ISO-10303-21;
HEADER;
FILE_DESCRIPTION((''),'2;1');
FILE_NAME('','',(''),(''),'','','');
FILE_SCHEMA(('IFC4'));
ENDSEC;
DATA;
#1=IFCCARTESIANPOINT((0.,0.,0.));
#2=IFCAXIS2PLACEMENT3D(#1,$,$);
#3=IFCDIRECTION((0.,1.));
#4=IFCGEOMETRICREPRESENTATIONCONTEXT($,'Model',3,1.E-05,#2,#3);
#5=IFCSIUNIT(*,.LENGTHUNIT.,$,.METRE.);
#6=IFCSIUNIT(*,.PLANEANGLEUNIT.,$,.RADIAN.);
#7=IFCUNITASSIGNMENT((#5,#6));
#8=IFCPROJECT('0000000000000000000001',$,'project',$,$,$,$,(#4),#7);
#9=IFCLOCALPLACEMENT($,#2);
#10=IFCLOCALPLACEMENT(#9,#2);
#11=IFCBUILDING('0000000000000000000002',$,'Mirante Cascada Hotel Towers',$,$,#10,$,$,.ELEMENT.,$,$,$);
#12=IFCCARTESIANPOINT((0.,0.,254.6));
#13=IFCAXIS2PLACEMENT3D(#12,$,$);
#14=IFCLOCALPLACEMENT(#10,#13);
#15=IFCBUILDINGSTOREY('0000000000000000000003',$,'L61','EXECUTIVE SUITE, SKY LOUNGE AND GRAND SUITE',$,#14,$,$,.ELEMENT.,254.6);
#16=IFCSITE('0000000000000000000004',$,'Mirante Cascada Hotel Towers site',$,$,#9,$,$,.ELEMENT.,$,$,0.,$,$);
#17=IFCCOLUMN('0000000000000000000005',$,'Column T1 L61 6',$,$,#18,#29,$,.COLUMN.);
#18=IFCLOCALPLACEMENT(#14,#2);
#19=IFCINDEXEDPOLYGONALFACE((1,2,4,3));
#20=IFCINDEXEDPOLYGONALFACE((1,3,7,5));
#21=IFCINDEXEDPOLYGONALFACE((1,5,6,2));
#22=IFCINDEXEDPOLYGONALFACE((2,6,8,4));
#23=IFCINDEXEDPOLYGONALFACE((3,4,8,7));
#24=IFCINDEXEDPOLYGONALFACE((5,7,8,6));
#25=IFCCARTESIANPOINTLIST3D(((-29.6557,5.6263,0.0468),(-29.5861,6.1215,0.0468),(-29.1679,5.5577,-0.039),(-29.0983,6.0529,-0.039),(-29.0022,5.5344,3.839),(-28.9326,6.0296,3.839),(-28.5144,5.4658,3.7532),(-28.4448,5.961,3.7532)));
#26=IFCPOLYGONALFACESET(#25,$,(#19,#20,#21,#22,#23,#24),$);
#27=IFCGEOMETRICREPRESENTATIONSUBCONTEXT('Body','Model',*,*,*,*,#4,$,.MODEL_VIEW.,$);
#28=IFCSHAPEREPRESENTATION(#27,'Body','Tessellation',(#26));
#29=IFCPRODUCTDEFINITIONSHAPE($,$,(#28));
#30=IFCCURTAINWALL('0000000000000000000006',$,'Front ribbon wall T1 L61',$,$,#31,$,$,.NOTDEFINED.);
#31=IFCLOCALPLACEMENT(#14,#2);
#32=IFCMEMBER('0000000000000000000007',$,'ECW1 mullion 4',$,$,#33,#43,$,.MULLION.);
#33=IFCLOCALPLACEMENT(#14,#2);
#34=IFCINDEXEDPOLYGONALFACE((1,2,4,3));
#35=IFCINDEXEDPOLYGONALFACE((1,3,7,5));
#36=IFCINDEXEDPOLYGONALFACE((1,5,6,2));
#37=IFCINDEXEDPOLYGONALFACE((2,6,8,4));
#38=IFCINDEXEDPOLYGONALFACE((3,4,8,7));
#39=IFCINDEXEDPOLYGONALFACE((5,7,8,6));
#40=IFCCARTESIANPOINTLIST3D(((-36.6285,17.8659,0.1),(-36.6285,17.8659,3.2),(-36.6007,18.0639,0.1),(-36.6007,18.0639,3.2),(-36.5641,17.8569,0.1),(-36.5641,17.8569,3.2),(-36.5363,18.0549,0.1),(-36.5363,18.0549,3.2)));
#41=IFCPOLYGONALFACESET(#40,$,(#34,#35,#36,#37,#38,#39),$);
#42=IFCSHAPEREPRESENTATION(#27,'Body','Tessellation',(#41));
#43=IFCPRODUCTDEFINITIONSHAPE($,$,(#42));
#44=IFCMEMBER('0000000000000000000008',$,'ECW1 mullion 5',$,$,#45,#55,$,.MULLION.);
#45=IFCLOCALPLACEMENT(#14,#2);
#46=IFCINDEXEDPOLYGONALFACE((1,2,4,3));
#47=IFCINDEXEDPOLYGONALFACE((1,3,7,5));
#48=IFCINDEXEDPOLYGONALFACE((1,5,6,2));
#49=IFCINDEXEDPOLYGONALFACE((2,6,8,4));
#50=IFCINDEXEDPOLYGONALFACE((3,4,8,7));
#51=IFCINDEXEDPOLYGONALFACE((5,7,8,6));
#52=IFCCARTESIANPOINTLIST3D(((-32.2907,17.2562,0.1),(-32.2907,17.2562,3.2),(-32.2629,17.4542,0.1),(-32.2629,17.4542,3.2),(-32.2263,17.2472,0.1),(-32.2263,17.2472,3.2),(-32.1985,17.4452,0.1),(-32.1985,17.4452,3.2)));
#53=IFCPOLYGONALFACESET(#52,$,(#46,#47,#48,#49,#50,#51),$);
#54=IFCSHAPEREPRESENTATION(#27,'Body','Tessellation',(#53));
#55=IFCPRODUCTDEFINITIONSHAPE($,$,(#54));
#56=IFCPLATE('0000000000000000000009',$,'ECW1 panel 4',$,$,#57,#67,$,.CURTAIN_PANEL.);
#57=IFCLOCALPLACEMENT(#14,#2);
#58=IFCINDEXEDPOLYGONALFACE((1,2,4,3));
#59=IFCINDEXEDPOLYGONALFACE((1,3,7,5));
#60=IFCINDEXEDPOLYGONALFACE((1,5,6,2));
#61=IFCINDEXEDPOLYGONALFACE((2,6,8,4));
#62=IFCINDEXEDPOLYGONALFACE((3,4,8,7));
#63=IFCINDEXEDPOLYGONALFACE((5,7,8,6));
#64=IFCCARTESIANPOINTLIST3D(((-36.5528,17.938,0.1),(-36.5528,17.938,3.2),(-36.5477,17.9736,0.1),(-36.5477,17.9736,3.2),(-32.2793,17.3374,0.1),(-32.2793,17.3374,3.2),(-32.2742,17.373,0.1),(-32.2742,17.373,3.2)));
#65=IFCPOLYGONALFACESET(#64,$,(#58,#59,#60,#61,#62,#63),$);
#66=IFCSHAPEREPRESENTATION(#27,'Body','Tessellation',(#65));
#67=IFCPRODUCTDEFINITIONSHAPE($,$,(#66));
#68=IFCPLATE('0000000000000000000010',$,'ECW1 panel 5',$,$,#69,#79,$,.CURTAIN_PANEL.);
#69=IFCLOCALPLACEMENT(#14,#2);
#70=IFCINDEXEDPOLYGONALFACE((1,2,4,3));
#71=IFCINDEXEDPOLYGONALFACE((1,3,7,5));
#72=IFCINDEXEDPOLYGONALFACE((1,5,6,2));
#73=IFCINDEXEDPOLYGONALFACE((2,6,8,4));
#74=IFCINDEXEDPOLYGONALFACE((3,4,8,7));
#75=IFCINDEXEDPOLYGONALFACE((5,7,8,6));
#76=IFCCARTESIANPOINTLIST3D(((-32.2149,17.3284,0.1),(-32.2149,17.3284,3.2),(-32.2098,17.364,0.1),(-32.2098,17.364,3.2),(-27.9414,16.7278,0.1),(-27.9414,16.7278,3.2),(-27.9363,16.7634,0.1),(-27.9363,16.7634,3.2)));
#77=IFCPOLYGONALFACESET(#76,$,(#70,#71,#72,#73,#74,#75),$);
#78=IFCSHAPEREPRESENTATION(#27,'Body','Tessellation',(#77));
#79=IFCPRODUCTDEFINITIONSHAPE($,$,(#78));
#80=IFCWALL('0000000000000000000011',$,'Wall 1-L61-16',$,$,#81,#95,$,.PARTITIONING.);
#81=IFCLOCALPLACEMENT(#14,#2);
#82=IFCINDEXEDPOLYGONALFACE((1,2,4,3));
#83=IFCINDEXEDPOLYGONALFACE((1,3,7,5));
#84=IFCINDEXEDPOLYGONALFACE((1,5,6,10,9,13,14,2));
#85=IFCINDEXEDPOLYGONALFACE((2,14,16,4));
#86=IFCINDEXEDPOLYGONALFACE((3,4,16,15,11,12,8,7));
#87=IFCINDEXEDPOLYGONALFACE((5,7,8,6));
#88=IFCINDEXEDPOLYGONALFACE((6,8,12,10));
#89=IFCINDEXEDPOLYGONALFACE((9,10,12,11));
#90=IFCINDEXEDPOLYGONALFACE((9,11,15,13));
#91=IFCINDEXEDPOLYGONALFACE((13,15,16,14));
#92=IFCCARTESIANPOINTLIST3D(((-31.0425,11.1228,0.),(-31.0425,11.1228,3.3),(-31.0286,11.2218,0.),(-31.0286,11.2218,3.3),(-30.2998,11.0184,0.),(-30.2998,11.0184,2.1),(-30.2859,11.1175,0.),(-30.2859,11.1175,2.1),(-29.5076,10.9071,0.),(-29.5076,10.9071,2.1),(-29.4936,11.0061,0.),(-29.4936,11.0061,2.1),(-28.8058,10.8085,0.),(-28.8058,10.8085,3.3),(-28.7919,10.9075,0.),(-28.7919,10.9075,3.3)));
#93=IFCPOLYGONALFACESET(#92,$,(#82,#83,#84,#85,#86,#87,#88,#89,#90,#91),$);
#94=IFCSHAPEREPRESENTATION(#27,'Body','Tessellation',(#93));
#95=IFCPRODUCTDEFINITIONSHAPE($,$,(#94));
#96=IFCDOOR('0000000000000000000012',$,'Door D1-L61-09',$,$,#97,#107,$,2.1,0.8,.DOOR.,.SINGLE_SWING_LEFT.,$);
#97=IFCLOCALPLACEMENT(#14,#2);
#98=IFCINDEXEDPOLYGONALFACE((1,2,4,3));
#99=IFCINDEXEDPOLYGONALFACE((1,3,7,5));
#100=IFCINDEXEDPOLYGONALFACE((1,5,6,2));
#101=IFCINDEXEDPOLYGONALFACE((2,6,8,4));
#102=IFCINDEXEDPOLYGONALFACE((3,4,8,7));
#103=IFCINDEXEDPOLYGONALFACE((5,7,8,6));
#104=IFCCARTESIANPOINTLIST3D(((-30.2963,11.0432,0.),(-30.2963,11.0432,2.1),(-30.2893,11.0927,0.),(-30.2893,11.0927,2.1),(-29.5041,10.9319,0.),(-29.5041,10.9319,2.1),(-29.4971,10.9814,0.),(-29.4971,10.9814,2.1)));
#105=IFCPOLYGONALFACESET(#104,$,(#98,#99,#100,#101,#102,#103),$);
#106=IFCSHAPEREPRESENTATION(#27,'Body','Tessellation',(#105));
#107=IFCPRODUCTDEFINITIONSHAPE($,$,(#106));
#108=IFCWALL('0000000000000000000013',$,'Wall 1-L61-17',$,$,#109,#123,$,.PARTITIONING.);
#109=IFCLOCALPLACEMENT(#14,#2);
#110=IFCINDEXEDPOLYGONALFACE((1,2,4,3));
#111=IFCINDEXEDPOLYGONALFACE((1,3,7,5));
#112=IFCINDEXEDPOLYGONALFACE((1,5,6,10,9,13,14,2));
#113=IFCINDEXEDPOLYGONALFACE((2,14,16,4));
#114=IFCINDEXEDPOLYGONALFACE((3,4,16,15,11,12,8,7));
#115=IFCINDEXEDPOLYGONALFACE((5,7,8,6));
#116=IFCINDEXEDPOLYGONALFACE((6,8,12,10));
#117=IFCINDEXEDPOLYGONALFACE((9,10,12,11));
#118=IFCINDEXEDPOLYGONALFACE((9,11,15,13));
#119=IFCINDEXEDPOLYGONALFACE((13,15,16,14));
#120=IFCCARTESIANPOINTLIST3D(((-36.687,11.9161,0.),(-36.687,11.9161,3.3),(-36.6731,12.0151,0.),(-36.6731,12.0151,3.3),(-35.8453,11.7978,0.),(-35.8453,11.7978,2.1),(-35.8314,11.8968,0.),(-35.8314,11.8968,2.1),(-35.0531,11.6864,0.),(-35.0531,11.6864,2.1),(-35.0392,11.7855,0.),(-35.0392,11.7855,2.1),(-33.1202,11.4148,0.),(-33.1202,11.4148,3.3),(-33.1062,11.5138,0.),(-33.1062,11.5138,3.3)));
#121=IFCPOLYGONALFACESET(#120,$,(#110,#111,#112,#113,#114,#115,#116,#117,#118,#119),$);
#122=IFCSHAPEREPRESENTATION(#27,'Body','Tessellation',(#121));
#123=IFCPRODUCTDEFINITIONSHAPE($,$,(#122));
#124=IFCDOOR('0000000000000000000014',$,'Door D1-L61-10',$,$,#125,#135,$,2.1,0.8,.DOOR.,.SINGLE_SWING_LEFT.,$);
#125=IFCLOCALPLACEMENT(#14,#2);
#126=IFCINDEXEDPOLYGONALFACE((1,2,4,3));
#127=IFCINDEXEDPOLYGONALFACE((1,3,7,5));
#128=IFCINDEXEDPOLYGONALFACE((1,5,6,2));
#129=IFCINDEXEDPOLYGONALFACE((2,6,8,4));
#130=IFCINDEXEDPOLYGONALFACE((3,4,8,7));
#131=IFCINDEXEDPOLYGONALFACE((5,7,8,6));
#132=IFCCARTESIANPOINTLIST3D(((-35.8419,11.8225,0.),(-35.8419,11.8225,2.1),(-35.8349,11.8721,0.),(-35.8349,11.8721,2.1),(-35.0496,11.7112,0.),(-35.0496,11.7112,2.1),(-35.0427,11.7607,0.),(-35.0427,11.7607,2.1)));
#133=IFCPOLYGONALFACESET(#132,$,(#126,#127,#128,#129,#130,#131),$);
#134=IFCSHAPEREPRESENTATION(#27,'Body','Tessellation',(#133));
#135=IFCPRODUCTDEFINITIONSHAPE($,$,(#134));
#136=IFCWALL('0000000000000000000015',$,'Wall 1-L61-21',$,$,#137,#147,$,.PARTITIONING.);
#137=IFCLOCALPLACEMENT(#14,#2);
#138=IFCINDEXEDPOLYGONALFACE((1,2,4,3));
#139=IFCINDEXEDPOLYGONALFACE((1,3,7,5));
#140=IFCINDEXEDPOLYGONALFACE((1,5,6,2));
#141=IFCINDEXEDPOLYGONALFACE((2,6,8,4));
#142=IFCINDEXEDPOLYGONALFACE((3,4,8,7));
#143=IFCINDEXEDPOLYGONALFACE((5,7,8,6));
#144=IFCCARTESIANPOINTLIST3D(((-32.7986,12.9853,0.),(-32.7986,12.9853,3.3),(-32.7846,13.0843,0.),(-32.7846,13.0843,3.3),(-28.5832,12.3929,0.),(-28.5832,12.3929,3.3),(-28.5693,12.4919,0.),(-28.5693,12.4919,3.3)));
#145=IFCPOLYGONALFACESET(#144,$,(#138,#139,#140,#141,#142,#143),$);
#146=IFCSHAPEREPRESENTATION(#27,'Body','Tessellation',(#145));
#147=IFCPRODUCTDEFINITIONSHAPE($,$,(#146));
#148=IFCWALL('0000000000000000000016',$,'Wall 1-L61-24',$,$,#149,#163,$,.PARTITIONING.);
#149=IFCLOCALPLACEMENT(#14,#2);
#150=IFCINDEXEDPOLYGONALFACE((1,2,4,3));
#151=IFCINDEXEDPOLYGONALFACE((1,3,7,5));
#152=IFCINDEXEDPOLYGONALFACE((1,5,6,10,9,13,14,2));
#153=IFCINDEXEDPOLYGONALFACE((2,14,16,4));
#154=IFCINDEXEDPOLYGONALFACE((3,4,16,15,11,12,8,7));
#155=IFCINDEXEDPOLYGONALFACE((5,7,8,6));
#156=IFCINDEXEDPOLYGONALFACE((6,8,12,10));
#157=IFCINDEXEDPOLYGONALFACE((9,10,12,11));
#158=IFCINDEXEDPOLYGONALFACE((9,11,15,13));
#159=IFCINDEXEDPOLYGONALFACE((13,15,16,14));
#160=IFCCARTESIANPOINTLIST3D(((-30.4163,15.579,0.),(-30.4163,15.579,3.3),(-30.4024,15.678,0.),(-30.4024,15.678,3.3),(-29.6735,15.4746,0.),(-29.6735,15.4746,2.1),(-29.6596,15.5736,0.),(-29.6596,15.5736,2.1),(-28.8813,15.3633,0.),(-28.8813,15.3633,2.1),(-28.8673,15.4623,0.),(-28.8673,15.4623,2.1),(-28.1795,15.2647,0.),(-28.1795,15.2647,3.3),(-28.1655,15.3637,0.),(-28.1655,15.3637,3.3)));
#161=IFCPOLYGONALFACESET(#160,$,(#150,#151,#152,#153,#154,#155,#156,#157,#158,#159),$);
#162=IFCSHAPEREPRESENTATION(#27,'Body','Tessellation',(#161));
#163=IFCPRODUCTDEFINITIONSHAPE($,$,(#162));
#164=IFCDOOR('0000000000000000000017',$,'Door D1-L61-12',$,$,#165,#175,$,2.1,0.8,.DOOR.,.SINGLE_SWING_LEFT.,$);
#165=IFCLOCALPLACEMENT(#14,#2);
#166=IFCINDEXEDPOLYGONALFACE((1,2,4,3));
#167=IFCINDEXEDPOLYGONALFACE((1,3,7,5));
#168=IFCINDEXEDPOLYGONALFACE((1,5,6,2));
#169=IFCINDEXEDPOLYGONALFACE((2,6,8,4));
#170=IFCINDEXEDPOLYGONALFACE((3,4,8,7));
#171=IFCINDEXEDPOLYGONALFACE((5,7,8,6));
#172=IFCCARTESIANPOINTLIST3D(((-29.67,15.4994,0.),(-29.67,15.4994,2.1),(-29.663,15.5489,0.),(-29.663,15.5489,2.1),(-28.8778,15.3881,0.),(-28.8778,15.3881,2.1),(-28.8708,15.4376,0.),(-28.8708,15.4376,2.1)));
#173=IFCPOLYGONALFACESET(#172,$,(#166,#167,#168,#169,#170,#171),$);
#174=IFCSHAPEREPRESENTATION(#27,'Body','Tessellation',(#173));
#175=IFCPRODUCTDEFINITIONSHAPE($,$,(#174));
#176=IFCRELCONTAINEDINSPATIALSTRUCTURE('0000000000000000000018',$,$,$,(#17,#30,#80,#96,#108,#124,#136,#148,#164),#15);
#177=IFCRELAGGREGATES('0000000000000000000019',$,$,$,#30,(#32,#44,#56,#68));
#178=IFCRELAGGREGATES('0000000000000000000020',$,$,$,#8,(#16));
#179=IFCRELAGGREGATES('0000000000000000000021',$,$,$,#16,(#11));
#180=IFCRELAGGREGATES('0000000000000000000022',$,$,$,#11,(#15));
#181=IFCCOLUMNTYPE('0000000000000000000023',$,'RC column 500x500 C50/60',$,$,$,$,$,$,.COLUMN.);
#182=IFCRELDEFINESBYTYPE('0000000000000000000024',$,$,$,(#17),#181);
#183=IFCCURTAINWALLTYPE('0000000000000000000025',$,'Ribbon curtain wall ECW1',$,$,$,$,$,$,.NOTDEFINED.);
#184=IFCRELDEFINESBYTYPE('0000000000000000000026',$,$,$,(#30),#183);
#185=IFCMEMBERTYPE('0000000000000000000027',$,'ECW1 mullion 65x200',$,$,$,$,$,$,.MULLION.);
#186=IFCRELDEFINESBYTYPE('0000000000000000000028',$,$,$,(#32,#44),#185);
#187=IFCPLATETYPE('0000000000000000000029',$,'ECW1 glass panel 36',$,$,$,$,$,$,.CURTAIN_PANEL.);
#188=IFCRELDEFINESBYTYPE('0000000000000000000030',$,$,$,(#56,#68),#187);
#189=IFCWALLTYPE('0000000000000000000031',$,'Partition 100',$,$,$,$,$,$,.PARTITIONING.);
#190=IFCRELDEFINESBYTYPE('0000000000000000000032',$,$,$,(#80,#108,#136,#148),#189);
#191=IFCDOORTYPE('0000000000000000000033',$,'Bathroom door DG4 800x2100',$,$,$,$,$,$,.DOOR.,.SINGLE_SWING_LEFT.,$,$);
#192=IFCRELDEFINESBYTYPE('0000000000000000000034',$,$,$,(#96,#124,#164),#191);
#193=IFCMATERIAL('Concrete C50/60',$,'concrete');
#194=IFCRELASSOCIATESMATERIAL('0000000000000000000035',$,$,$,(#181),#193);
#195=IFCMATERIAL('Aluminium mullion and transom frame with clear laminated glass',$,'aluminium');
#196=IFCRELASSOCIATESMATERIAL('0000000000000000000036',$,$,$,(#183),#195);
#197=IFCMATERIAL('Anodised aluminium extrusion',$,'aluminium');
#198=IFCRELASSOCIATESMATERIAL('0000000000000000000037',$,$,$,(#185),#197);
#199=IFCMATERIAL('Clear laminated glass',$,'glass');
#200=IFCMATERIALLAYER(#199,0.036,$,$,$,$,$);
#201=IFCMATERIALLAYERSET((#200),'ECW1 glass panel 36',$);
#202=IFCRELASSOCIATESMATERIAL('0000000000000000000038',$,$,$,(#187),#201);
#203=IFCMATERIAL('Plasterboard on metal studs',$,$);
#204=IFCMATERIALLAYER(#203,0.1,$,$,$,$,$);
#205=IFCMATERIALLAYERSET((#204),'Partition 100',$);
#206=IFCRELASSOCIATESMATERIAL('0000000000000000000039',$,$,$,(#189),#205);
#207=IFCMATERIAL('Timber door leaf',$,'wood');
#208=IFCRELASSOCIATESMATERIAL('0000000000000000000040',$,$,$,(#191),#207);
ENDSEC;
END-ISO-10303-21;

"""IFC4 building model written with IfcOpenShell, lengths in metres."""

from ifc_helpers import new_model, si_unit, direction, frame, frame_2d, origin, origin_2d, place, context, subcontext, project, spatial, rectangle, extrude, material, layer, layer_set, material_profile, profile_set, type_object, element, fill, aggregate, save


model = new_model("IFC4")

# Units and contexts
model_context = context("Model", 3, precision=1e-05, world=origin(), true_north=direction((0.0, 1.0)))
body_context = subcontext(model_context, "Body", "Model", "MODEL_VIEW")
ifc_project = project(units=[si_unit("LENGTHUNIT", "METRE"), si_unit("PLANEANGLEUNIT", "RADIAN")], contexts=[model_context])

# Site, building, storey
site_placement = place(None, origin())
site = spatial("IfcSite", under=ifc_project, at=site_placement, Name="Mirante Cascada Hotel Towers site", CompositionType="ELEMENT", RefElevation=0.0)
building_placement = place(site_placement, origin())
building = spatial("IfcBuilding", under=site, at=building_placement, Name="Mirante Cascada Hotel Towers", CompositionType="ELEMENT")
storey_placement = place(building_placement, frame((0.0, 0.0, 254.6)))
storey = spatial("IfcBuildingStorey", under=building, at=storey_placement, Name="L61", Description="EXECUTIVE SUITE, SKY LOUNGE AND GRAND SUITE", CompositionType="ELEMENT", Elevation=254.6)

# Column
ifc_material_1 = material(Name="Concrete C50/60", Category="concrete")
ifc_material_profile_1 = material_profile(ifc_material_1, rectangle(XDim=0.5, YDim=0.5, at=origin_2d()), Name="RC column 500x500 C50/60")
ifc_profile_set_1 = profile_set([ifc_material_profile_1], Name="Concrete C50/60")
column_type = type_object("IfcColumnType", Name="RC column 500x500 C50/60", PredefinedType="COLUMN", material=ifc_profile_set_1)
column_placement = place(storey_placement, frame((-29.377, 5.8396, 0.0039), z_axis=(0.169776, -0.023875, 0.985194), x_axis=(0.139257, 0.990256, 0.0)))
element("IfcColumn", 1, at=column_placement, inside=storey, type_object=column_type, Name="Column T1 L61 6", PredefinedType="COLUMN", context=body_context, shape_type="SweptSolid", body=[
    extrude(rectangle(XDim=0.5, YDim=0.5, at=origin_2d()), origin(), (0.0, 0.0, 1.0), 3.8492),
])

# Curtain wall, members, plates
ifc_material_2 = material(Name="Aluminium mullion and transom frame with clear laminated glass", Category="aluminium")
curtain_wall_type = type_object("IfcCurtainWallType", Name="Ribbon curtain wall ECW1", PredefinedType="NOTDEFINED", material=ifc_material_2)
curtain_wall_placement = place(storey_placement, origin())
curtain_wall = element("IfcCurtainWall", 2, at=curtain_wall_placement, inside=storey, type_object=curtain_wall_type, Name="Front ribbon wall T1 L61", PredefinedType="NOTDEFINED")
ifc_material_3 = material(Name="Anodised aluminium extrusion", Category="aluminium")
ifc_material_profile_2 = material_profile(ifc_material_3, rectangle(XDim=0.2, YDim=0.065, at=origin_2d()), Name="ECW1 MULLION 65x200")
ifc_profile_set_2 = profile_set([ifc_material_profile_2], Name="Anodised aluminium extrusion")
member_type = type_object("IfcMemberType", Name="ECW1 mullion 65x200", PredefinedType="MULLION", material=ifc_profile_set_2)
member_1_placement = place(storey_placement, frame((-36.5824, 17.9604, 0.1), z_axis=(0.0, 0.0, 1.0), x_axis=(0.139173, 0.990268, 0.0)))
member_1 = element("IfcMember", 3, at=member_1_placement, type_object=member_type, Name="ECW1 mullion 4", PredefinedType="MULLION", context=body_context, shape_type="SweptSolid", body=[
    extrude(rectangle(XDim=0.2, YDim=0.065, at=origin_2d()), origin(), (0.0, 0.0, 1.0), 3.1),
])
member_2_placement = place(storey_placement, frame((-32.2446, 17.3507, 0.1), z_axis=(0.0, 0.0, 1.0), x_axis=(0.139173, 0.990268, 0.0)))
member_2 = element("IfcMember", 4, at=member_2_placement, type_object=member_type, Name="ECW1 mullion 5", PredefinedType="MULLION", context=body_context, shape_type="SweptSolid", body=[
    extrude(rectangle(XDim=0.2, YDim=0.065, at=origin_2d()), origin(), (0.0, 0.0, 1.0), 3.1),
])
ifc_material_4 = material(Name="Clear laminated glass", Category="glass")
ifc_layer_1 = layer(ifc_material_4, 0.036)
ifc_layer_set_1 = layer_set([ifc_layer_1], Name="ECW1 glass panel 36")
plate_type = type_object("IfcPlateType", Name="ECW1 glass panel 36", PredefinedType="CURTAIN_PANEL", material=ifc_layer_set_1)
plate_1_placement = place(storey_placement, frame((-34.4135, 17.6555, 0.1), z_axis=(0.0, 0.0, 1.0), x_axis=(0.990268, -0.139173, 0.0)))
plate_1 = element("IfcPlate", 5, at=plate_1_placement, type_object=plate_type, Name="ECW1 panel 4", PredefinedType="CURTAIN_PANEL", context=body_context, shape_type="SweptSolid", body=[
    extrude(rectangle(XDim=4.3155, YDim=0.036, at=origin_2d()), origin(), (0.0, 0.0, 1.0), 3.1),
])
plate_2_placement = place(storey_placement, frame((-30.0756, 17.0459, 0.1), z_axis=(0.0, 0.0, 1.0), x_axis=(0.990268, -0.139173, 0.0)))
plate_2 = element("IfcPlate", 6, at=plate_2_placement, type_object=plate_type, Name="ECW1 panel 5", PredefinedType="CURTAIN_PANEL", context=body_context, shape_type="SweptSolid", body=[
    extrude(rectangle(XDim=4.3155, YDim=0.036, at=origin_2d()), origin(), (0.0, 0.0, 1.0), 3.1),
])
aggregate(curtain_wall, [member_1, member_2, plate_1, plate_2])

# Walls, openings, doors
ifc_material_5 = material(Name="Plasterboard on metal studs")
ifc_layer_2 = layer(ifc_material_5, 0.1)
ifc_layer_set_2 = layer_set([ifc_layer_2], Name="Partition 100")
wall_type = type_object("IfcWallType", Name="Partition 100", PredefinedType="PARTITIONING", material=ifc_layer_set_2)
wall_1_placement = place(storey_placement, frame((-28.7988, 10.858, 0.0), z_axis=(0.0, 0.0, 1.0), x_axis=(-0.990271, 0.139152, 0.0)))
wall_1 = element("IfcWall", 7, at=wall_1_placement, inside=storey, type_object=wall_type, Name="Wall 1-L61-16", PredefinedType="PARTITIONING", context=body_context, shape_type="SweptSolid", body=[
    extrude(rectangle(XDim=2.2587, YDim=0.1, at=frame_2d((1.1294, 0.0))), origin(), (0.0, 0.0, 1.0), 3.3),
])
opening_1_placement = place(wall_1_placement, frame((0.7087, 0.0, 0.0)))
opening_1 = element("IfcOpeningElement", 8, at=opening_1_placement, cuts=wall_1, PredefinedType="OPENING", context=body_context, shape_type="SweptSolid", body=[
    extrude(rectangle(XDim=0.8, YDim=2.1, at=frame_2d((0.4, 1.05))), frame((0.0, 0.05, 0.0), z_axis=(0.0, -1.0, 0.0), x_axis=(1.0, 0.0, 0.0)), (0.0, 0.0, 1.0), 0.1),
])
ifc_material_6 = material(Name="Timber door leaf", Category="wood")
door_type_1 = type_object("IfcDoorType", Name="Bathroom door DG4 800x2100", OperationType="SINGLE_SWING_LEFT", PredefinedType="DOOR", material=ifc_material_6)
door_1_placement = place(opening_1_placement, origin())
door_1 = element("IfcDoor", 9, at=door_1_placement, inside=storey, type_object=door_type_1, Name="Door D1-L61-09", OperationType="SINGLE_SWING_LEFT", OverallHeight=2.1, OverallWidth=0.8, PredefinedType="DOOR", context=body_context, shape_type="SweptSolid", body=[
    extrude(rectangle(XDim=0.8, YDim=2.1, at=frame_2d((0.4, 1.05))), frame((0.0, 0.025, 0.0), z_axis=(0.0, -1.0, 0.0), x_axis=(1.0, 0.0, 0.0)), (0.0, 0.0, 1.0), 0.05),
])
fill(opening_1, door_1)
wall_2_placement = place(storey_placement, frame((-36.6801, 11.9656, 0.0), z_axis=(0.0, 0.0, 1.0), x_axis=(0.990267, -0.139178, 0.0)))
wall_2 = element("IfcWall", 10, at=wall_2_placement, inside=storey, type_object=wall_type, Name="Wall 1-L61-17", PredefinedType="PARTITIONING", context=body_context, shape_type="SweptSolid", body=[
    extrude(rectangle(XDim=3.6019, YDim=0.1, at=frame_2d((1.801, 0.0))), origin(), (0.0, 0.0, 1.0), 3.3),
])
opening_2_placement = place(wall_2_placement, frame((0.85, 0.0, 0.0)))
opening_2 = element("IfcOpeningElement", 11, at=opening_2_placement, cuts=wall_2, PredefinedType="OPENING", context=body_context, shape_type="SweptSolid", body=[
    extrude(rectangle(XDim=0.8, YDim=2.1, at=frame_2d((0.4, 1.05))), frame((0.0, 0.05, 0.0), z_axis=(0.0, -1.0, 0.0), x_axis=(1.0, 0.0, 0.0)), (0.0, 0.0, 1.0), 0.1),
])
door_2_placement = place(opening_2_placement, origin())
door_2 = element("IfcDoor", 12, at=door_2_placement, inside=storey, type_object=door_type_1, Name="Door D1-L61-10", OperationType="SINGLE_SWING_LEFT", OverallHeight=2.1, OverallWidth=0.8, PredefinedType="DOOR", context=body_context, shape_type="SweptSolid", body=[
    extrude(rectangle(XDim=0.8, YDim=2.1, at=frame_2d((0.4, 1.05))), frame((0.0, 0.025, 0.0), z_axis=(0.0, -1.0, 0.0), x_axis=(1.0, 0.0, 0.0)), (0.0, 0.0, 1.0), 0.05),
])
fill(opening_2, door_2)

# Wall
wall_3_placement = place(storey_placement, frame((-32.7916, 13.0348, 0.0), z_axis=(0.0, 0.0, 1.0), x_axis=(0.990269, -0.139165, 0.0)))
element("IfcWall", 13, at=wall_3_placement, inside=storey, type_object=wall_type, Name="Wall 1-L61-21", PredefinedType="PARTITIONING", context=body_context, shape_type="SweptSolid", body=[
    extrude(rectangle(XDim=4.2568, YDim=0.1, at=frame_2d((2.1284, 0.0))), origin(), (0.0, 0.0, 1.0), 3.3),
])

# Wall, opening, door
wall_4_placement = place(storey_placement, frame((-28.1725, 15.3142, 0.0), z_axis=(0.0, 0.0, 1.0), x_axis=(-0.990272, 0.139146, 0.0)))
wall_4 = element("IfcWall", 14, at=wall_4_placement, inside=storey, type_object=wall_type, Name="Wall 1-L61-24", PredefinedType="PARTITIONING", context=body_context, shape_type="SweptSolid", body=[
    extrude(rectangle(XDim=2.2588, YDim=0.1, at=frame_2d((1.1294, 0.0))), origin(), (0.0, 0.0, 1.0), 3.3),
])
opening_3_placement = place(wall_4_placement, frame((0.7087, 0.0, 0.0)))
opening_3 = element("IfcOpeningElement", 15, at=opening_3_placement, cuts=wall_4, PredefinedType="OPENING", context=body_context, shape_type="SweptSolid", body=[
    extrude(rectangle(XDim=0.8, YDim=2.1, at=frame_2d((0.4, 1.05))), frame((0.0, 0.05, 0.0), z_axis=(0.0, -1.0, 0.0), x_axis=(1.0, 0.0, 0.0)), (0.0, 0.0, 1.0), 0.1),
])
door_3_placement = place(opening_3_placement, origin())
door_3 = element("IfcDoor", 16, at=door_3_placement, inside=storey, type_object=door_type_1, Name="Door D1-L61-12", OperationType="SINGLE_SWING_LEFT", OverallHeight=2.1, OverallWidth=0.8, PredefinedType="DOOR", context=body_context, shape_type="SweptSolid", body=[
    extrude(rectangle(XDim=0.8, YDim=2.1, at=frame_2d((0.4, 1.05))), frame((0.0, 0.025, 0.0), z_axis=(0.0, -1.0, 0.0), x_axis=(1.0, 0.0, 0.0)), (0.0, 0.0, 1.0), 0.05),
])
fill(opening_3, door_3)

save(model, "model.ifc")
